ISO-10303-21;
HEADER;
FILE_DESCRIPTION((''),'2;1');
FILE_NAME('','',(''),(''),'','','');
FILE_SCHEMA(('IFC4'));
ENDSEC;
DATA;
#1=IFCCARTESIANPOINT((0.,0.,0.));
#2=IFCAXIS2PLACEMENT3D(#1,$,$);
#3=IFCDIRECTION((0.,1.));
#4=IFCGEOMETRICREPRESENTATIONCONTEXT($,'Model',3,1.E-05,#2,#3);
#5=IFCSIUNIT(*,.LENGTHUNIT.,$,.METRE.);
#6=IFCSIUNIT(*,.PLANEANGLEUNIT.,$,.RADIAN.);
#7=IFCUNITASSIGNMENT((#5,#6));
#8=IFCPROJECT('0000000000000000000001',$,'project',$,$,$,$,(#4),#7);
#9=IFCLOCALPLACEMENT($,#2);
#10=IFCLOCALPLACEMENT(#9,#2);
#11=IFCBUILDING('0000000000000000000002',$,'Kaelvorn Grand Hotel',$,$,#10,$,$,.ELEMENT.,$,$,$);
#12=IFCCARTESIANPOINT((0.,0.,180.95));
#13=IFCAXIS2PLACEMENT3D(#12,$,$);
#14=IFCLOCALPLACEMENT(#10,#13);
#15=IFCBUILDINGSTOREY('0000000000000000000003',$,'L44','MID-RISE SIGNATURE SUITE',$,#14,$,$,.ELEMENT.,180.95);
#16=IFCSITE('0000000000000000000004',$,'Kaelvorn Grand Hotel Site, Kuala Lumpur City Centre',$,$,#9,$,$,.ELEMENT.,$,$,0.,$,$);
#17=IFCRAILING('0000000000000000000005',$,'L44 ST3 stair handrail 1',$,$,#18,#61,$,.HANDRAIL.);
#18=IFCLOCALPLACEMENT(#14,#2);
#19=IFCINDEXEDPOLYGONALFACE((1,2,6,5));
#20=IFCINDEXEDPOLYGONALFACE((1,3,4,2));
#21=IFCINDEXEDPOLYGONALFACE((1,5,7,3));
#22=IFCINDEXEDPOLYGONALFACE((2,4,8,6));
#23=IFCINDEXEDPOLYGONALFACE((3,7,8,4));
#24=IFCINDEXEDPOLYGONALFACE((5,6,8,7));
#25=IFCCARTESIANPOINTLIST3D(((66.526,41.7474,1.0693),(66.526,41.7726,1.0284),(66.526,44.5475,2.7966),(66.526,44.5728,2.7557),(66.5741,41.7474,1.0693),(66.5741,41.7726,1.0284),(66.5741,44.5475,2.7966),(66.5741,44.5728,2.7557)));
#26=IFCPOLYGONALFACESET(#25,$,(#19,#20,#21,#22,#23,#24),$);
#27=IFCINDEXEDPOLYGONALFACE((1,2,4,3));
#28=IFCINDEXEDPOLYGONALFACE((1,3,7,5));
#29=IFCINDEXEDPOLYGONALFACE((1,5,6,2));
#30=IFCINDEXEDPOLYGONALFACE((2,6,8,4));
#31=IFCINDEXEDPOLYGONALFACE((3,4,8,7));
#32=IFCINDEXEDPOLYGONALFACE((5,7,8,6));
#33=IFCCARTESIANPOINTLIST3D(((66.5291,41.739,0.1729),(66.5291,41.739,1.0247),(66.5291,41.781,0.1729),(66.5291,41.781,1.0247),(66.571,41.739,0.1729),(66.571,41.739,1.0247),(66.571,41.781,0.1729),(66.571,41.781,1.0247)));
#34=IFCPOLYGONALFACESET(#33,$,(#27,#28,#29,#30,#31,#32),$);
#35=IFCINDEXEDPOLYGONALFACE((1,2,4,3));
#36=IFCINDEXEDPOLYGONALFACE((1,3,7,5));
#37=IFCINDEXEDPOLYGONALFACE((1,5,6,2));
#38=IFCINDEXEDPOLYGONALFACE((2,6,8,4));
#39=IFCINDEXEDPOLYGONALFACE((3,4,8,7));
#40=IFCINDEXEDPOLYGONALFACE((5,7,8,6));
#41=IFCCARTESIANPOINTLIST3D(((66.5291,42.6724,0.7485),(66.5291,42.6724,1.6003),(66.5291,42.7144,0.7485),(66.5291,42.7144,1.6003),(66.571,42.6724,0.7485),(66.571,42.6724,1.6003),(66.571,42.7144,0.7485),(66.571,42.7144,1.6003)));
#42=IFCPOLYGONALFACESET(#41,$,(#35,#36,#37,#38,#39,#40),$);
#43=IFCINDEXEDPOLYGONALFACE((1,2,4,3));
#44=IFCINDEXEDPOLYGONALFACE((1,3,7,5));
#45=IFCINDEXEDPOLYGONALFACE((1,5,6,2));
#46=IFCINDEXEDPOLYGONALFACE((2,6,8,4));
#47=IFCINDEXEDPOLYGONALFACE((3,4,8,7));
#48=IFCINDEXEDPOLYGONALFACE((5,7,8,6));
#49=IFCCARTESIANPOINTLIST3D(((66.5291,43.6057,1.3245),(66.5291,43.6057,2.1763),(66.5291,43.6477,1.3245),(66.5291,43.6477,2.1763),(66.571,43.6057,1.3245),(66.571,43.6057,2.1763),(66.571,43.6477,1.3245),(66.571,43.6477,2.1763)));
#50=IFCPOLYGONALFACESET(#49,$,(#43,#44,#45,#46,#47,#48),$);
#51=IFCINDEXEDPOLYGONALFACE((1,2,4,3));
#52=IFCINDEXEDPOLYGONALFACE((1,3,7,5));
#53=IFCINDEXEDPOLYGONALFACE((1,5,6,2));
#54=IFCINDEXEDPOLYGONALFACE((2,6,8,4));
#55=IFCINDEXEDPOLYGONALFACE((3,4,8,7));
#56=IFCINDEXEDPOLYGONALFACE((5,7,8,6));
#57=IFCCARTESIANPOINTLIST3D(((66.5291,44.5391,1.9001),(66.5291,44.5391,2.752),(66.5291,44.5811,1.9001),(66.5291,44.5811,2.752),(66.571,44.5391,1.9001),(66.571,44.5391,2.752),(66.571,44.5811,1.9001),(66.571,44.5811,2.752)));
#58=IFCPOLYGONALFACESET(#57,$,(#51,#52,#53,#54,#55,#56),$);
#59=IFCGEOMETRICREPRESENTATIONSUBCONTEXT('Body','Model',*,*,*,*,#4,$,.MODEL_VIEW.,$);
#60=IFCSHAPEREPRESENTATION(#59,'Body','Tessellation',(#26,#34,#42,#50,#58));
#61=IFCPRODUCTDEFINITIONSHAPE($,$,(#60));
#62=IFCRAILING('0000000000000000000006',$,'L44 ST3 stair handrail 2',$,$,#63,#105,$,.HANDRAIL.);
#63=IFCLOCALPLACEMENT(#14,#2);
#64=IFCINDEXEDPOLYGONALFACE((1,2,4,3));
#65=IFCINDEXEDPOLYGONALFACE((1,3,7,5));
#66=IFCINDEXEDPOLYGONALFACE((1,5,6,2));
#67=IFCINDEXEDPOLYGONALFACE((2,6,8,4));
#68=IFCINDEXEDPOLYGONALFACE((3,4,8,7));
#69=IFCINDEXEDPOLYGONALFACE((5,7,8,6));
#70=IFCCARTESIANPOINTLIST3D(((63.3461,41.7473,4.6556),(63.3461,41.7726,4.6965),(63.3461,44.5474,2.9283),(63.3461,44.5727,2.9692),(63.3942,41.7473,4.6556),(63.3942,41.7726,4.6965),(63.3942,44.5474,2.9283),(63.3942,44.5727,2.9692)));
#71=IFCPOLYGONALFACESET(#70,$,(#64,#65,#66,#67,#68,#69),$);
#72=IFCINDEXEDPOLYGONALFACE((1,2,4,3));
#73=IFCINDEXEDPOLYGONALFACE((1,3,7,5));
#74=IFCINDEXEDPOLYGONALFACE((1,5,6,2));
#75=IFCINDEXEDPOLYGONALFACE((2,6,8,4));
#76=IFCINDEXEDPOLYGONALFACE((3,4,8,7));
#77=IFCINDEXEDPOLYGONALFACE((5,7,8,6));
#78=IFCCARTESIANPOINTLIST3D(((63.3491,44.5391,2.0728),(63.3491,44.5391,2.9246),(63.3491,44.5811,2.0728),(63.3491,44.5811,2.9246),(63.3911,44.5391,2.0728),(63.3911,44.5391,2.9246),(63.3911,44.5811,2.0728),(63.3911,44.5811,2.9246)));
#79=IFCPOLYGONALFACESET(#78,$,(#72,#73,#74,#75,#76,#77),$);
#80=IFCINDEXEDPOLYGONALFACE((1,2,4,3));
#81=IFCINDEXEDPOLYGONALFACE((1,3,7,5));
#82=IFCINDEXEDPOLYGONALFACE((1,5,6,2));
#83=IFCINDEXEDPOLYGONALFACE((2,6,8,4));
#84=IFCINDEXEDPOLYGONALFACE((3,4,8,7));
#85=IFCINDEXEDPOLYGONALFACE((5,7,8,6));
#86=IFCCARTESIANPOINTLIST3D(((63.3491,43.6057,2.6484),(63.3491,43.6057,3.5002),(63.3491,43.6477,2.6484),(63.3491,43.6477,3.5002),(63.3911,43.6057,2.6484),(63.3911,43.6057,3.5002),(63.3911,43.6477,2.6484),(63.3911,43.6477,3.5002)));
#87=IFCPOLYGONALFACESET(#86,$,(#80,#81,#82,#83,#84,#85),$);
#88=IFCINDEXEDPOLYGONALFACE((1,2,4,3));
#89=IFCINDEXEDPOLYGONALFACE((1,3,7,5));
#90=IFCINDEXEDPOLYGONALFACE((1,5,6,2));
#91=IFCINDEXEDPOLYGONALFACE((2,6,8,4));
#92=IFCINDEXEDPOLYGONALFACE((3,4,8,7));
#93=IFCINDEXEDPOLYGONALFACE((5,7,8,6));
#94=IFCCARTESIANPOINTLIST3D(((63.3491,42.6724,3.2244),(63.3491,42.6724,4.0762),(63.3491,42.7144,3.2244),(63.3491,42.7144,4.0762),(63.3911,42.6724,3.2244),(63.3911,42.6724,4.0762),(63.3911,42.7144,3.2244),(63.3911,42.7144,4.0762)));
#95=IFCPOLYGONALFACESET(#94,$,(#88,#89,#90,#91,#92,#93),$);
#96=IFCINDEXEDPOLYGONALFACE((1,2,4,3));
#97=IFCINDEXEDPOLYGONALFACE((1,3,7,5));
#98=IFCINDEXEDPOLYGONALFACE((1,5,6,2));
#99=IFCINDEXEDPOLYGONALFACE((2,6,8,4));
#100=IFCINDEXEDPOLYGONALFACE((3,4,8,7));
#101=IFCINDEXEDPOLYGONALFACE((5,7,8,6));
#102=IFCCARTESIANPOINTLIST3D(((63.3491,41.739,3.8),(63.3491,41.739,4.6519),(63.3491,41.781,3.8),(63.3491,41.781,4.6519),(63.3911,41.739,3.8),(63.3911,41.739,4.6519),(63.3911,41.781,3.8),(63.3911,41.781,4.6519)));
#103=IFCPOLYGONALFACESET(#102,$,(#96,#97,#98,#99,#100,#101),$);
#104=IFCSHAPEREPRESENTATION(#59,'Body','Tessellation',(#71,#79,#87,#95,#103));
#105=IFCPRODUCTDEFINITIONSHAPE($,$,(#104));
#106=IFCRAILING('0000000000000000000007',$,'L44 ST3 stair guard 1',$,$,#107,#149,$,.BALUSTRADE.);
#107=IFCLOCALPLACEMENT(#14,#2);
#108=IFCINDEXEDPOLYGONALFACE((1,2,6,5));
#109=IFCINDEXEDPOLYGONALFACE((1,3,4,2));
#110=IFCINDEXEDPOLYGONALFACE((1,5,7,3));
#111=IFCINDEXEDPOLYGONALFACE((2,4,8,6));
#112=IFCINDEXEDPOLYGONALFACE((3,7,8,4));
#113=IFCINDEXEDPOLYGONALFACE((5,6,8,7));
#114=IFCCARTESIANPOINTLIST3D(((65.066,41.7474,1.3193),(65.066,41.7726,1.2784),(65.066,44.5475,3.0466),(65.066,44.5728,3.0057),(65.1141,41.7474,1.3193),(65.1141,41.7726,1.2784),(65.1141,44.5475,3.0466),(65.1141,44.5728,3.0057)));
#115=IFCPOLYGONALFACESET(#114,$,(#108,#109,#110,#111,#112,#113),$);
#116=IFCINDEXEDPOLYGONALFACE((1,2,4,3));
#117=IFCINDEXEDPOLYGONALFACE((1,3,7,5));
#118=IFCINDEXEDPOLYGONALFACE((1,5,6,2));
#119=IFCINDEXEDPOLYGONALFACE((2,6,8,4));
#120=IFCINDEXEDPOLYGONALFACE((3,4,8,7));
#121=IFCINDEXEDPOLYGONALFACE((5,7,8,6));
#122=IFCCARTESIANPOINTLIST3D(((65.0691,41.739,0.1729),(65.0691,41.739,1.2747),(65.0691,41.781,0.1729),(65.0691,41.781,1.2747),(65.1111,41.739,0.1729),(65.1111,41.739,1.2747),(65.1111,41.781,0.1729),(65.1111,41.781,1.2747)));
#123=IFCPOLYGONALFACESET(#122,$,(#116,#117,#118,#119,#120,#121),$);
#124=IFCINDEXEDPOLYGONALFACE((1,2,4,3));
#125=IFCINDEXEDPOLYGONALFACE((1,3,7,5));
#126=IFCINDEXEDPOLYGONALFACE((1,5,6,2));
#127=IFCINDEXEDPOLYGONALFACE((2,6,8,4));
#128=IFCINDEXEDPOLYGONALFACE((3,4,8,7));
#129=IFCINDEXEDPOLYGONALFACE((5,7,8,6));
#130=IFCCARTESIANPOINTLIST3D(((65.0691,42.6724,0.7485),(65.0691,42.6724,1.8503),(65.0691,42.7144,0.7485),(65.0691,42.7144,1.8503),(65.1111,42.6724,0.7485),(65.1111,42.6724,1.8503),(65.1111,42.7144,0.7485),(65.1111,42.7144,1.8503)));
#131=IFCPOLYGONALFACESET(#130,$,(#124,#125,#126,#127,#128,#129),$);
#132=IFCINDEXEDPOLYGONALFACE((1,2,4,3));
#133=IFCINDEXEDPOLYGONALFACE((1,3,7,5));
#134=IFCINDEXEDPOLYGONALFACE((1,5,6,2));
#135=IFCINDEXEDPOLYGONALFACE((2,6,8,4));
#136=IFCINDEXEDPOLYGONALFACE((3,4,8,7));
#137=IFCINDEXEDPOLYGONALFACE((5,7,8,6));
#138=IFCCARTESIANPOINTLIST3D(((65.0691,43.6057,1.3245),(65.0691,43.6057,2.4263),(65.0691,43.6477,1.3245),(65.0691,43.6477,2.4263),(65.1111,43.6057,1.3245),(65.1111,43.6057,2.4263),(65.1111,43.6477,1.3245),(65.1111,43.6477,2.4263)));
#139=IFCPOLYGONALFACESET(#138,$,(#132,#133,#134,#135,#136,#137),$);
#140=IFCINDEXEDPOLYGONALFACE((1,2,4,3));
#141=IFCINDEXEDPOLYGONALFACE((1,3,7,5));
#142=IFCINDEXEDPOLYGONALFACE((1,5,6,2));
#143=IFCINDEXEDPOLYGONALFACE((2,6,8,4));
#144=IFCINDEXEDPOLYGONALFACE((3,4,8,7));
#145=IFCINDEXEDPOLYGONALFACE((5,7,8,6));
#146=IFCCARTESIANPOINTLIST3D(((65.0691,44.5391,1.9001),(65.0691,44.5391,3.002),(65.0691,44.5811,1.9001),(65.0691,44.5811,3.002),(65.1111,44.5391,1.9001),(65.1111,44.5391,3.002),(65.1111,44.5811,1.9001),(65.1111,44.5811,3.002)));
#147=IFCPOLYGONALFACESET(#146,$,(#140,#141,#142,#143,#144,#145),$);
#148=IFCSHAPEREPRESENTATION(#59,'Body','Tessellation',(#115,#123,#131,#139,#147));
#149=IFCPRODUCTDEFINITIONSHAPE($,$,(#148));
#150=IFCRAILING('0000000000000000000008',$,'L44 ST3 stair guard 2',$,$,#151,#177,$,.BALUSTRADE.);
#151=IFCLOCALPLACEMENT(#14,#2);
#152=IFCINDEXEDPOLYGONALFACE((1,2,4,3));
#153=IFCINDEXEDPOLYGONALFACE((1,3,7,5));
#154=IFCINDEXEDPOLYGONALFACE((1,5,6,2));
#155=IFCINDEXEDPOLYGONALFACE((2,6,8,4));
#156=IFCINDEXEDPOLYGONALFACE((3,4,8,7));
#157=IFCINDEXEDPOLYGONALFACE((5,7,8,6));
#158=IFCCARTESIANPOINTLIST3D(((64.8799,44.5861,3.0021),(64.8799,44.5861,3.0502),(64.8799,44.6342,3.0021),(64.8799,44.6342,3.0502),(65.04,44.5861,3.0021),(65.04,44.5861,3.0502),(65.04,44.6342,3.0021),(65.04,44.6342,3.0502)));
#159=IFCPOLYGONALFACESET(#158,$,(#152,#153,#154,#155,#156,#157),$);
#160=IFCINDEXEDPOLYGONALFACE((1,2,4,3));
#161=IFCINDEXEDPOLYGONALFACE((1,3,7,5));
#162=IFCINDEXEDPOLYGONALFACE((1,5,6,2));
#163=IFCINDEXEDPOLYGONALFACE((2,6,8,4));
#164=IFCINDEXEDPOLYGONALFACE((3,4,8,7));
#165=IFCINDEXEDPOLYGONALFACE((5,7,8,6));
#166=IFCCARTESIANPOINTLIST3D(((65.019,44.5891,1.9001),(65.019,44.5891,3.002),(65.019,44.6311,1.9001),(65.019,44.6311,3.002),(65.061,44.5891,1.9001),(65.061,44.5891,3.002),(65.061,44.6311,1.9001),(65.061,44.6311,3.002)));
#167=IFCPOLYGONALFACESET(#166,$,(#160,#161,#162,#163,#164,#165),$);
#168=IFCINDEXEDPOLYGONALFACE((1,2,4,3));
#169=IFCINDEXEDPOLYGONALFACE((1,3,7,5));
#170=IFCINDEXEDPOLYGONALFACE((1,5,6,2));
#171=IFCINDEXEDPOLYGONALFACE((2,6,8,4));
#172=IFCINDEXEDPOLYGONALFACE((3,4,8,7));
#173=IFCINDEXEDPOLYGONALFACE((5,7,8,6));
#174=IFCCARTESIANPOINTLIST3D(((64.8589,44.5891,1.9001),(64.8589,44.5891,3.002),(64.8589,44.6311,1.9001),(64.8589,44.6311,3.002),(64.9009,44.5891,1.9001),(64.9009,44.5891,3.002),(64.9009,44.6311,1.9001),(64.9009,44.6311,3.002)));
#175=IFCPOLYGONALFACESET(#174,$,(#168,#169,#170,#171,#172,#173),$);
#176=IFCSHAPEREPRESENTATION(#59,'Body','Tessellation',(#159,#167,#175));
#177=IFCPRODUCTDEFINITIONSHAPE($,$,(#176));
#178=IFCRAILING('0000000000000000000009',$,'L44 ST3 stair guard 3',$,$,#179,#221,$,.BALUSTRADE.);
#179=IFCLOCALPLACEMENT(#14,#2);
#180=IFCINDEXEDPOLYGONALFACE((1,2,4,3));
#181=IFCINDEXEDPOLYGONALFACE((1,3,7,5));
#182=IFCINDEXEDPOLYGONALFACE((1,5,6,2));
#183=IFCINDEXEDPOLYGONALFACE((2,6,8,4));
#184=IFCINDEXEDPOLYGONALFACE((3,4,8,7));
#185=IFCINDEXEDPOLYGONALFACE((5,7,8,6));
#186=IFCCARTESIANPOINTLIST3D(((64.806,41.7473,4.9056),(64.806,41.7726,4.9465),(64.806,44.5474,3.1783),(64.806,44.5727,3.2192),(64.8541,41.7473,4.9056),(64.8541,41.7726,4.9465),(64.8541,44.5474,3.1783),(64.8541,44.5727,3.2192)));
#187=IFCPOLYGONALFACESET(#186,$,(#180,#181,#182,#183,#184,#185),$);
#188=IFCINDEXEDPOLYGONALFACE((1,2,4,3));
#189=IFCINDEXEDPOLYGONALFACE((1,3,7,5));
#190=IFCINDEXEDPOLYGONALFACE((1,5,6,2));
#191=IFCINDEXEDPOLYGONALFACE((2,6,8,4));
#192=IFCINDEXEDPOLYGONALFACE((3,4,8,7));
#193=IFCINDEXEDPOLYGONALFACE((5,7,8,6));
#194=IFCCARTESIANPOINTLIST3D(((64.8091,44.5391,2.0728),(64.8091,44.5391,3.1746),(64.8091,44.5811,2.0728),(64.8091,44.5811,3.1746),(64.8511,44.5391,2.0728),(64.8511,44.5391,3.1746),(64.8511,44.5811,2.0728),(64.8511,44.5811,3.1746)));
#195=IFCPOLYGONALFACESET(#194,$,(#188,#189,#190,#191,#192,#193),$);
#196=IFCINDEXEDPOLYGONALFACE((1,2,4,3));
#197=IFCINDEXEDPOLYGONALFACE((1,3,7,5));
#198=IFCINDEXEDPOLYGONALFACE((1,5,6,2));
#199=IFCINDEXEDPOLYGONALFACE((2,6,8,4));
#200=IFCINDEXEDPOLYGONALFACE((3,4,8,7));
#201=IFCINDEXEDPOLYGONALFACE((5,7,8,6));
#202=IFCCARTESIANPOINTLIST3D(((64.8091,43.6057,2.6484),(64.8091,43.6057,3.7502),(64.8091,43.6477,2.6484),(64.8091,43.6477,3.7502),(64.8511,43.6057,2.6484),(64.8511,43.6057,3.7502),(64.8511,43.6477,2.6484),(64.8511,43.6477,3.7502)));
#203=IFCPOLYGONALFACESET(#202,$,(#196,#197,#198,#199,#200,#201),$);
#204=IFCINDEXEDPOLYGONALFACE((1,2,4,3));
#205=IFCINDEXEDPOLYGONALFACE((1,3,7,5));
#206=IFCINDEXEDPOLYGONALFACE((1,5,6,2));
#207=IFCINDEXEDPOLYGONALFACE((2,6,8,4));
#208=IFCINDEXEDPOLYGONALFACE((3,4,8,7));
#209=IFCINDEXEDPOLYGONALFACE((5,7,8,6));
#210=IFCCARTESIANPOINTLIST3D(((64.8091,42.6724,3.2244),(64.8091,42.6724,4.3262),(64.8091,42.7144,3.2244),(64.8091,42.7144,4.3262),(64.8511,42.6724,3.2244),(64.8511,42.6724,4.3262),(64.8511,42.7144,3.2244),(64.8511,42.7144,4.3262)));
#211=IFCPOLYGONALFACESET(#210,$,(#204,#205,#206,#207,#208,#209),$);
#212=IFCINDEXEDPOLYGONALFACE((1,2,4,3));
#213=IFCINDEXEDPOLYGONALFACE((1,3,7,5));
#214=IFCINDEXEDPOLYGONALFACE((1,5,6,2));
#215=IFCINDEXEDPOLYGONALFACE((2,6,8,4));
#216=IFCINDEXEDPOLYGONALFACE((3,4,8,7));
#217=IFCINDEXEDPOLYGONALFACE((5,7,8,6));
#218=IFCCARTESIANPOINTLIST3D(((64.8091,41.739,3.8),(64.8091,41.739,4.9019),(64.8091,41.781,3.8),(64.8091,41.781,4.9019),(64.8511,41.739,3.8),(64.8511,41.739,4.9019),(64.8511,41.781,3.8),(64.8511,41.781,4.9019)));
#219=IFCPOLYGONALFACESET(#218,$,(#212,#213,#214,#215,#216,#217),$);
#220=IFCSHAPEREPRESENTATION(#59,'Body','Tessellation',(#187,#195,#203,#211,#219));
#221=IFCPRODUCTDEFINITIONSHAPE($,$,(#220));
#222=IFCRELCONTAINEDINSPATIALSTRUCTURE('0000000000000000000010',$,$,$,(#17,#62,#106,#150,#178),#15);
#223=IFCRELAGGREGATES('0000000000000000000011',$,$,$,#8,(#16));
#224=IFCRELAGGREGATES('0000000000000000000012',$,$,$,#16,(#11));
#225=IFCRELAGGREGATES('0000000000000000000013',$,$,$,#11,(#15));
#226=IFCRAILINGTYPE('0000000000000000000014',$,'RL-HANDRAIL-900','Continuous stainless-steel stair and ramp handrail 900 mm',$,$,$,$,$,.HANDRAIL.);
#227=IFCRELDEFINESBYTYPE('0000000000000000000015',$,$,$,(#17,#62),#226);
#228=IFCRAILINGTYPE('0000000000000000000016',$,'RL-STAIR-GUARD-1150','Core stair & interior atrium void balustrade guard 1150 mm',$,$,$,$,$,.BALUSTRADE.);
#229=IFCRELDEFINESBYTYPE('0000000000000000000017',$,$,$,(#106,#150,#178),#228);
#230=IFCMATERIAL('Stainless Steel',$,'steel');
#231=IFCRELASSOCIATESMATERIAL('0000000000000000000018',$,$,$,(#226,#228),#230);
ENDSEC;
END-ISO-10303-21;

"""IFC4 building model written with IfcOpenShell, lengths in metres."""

from ifc_helpers import new_model, si_unit, direction, frame, origin, origin_2d, place, context, subcontext, project, spatial, rectangle, extrude, material, type_object, element, save


model = new_model("IFC4")

# Units and contexts
model_context = context("Model", 3, precision=1e-05, world=origin(), true_north=direction((0.0, 1.0)))
body_context = subcontext(model_context, "Body", "Model", "MODEL_VIEW")
ifc_project = project(units=[si_unit("LENGTHUNIT", "METRE"), si_unit("PLANEANGLEUNIT", "RADIAN")], contexts=[model_context])

# Site, building, storey
site_placement = place(None, origin())
site = spatial("IfcSite", under=ifc_project, at=site_placement, Name="Kaelvorn Grand Hotel Site, Kuala Lumpur City Centre", CompositionType="ELEMENT", RefElevation=0.0)
building_placement = place(site_placement, origin())
building = spatial("IfcBuilding", under=site, at=building_placement, Name="Kaelvorn Grand Hotel", CompositionType="ELEMENT")
storey_placement = place(building_placement, frame((0.0, 0.0, 180.95)))
storey = spatial("IfcBuildingStorey", under=building, at=storey_placement, Name="L44", Description="MID-RISE SIGNATURE SUITE", CompositionType="ELEMENT", Elevation=180.95)

# Shared definitions
ifc_material_1 = material(Name="Stainless Steel", Category="steel")

# Railings
railing_type_1 = type_object("IfcRailingType", Name="RL-HANDRAIL-900", Description="Continuous stainless-steel stair and ramp handrail 900 mm", PredefinedType="HANDRAIL", material=ifc_material_1)
railing_1_placement = place(storey_placement, frame((66.55, 41.76, 0.1729)))
element("IfcRailing", 1, at=railing_1_placement, inside=storey, type_object=railing_type_1, Name="L44 ST3 stair handrail 1", PredefinedType="HANDRAIL", context=body_context, shape_type="SweptSolid", body=[
    extrude(rectangle(XDim=0.0481, YDim=0.0481, at=origin_2d()), frame((0.0, 0.0, 0.876), z_axis=(0.0, 0.85109, 0.52502), x_axis=(-1.0, 0.0, 0.0)), (0.0, 0.0, 1.0), 3.29),
    extrude(rectangle(XDim=0.042, YDim=0.042, at=origin_2d()), origin(), (0.0, 0.0, 1.0), 0.8518),
    extrude(rectangle(XDim=0.042, YDim=0.042, at=origin_2d()), frame((0.0, 0.9333, 0.5757)), (0.0, 0.0, 1.0), 0.8518),
    extrude(rectangle(XDim=0.042, YDim=0.042, at=origin_2d()), frame((0.0, 1.8667, 1.1516)), (0.0, 0.0, 1.0), 0.8518),
    extrude(rectangle(XDim=0.042, YDim=0.042, at=origin_2d()), frame((0.0, 2.8, 1.7273)), (0.0, 0.0, 1.0), 0.8518),
])
railing_2_placement = place(storey_placement, frame((63.3701, 44.5601, 2.0728)))
element("IfcRailing", 2, at=railing_2_placement, inside=storey, type_object=railing_type_1, Name="L44 ST3 stair handrail 2", PredefinedType="HANDRAIL", context=body_context, shape_type="SweptSolid", body=[
    extrude(rectangle(XDim=0.0481, YDim=0.0481, at=origin_2d()), frame((0.0, 0.0, 0.876), z_axis=(0.0, -0.85109, 0.52502), x_axis=(1.0, 0.0, 0.0)), (0.0, 0.0, 1.0), 3.29),
    extrude(rectangle(XDim=0.042, YDim=0.042, at=origin_2d()), origin(), (0.0, 0.0, 1.0), 0.8518),
    extrude(rectangle(XDim=0.042, YDim=0.042, at=origin_2d()), frame((0.0, -0.9333, 0.5757)), (0.0, 0.0, 1.0), 0.8518),
    extrude(rectangle(XDim=0.042, YDim=0.042, at=origin_2d()), frame((0.0, -1.8667, 1.1516)), (0.0, 0.0, 1.0), 0.8518),
    extrude(rectangle(XDim=0.042, YDim=0.042, at=origin_2d()), frame((0.0, -2.8, 1.7273)), (0.0, 0.0, 1.0), 0.8518),
])
railing_type_2 = type_object("IfcRailingType", Name="RL-STAIR-GUARD-1150", Description="Core stair & interior atrium void balustrade guard 1150 mm", PredefinedType="BALUSTRADE", material=ifc_material_1)
railing_3_placement = place(storey_placement, frame((65.0901, 41.76, 0.1729)))
element("IfcRailing", 3, at=railing_3_placement, inside=storey, type_object=railing_type_2, Name="L44 ST3 stair guard 1", PredefinedType="BALUSTRADE", context=body_context, shape_type="SweptSolid", body=[
    extrude(rectangle(XDim=0.0481, YDim=0.0481, at=origin_2d()), frame((0.0, 0.0, 1.126), z_axis=(0.0, 0.85109, 0.52502), x_axis=(-1.0, 0.0, 0.0)), (0.0, 0.0, 1.0), 3.29),
    extrude(rectangle(XDim=0.042, YDim=0.042, at=origin_2d()), origin(), (0.0, 0.0, 1.0), 1.1018),
    extrude(rectangle(XDim=0.042, YDim=0.042, at=origin_2d()), frame((0.0, 0.9333, 0.5757)), (0.0, 0.0, 1.0), 1.1018),
    extrude(rectangle(XDim=0.042, YDim=0.042, at=origin_2d()), frame((0.0, 1.8667, 1.1516)), (0.0, 0.0, 1.0), 1.1018),
    extrude(rectangle(XDim=0.042, YDim=0.042, at=origin_2d()), frame((0.0, 2.8, 1.7273)), (0.0, 0.0, 1.0), 1.1018),
])
railing_4_placement = place(storey_placement, frame((65.04, 44.6101, 1.9001)))
element("IfcRailing", 4, at=railing_4_placement, inside=storey, type_object=railing_type_2, Name="L44 ST3 stair guard 2", PredefinedType="BALUSTRADE", context=body_context, shape_type="SweptSolid", body=[
    extrude(rectangle(XDim=0.0481, YDim=0.0481, at=origin_2d()), frame((0.0, 0.0, 1.126), z_axis=(-1.0, 0.0, 0.0), x_axis=(0.0, -1.0, 0.0)), (0.0, 0.0, 1.0), 0.1602),
    extrude(rectangle(XDim=0.042, YDim=0.042, at=origin_2d()), origin(), (0.0, 0.0, 1.0), 1.1018),
    extrude(rectangle(XDim=0.042, YDim=0.042, at=origin_2d()), frame((-0.1602, 0.0, 0.0)), (0.0, 0.0, 1.0), 1.1018),
])
railing_5_placement = place(storey_placement, frame((64.8301, 44.5601, 2.0728)))
element("IfcRailing", 5, at=railing_5_placement, inside=storey, type_object=railing_type_2, Name="L44 ST3 stair guard 3", PredefinedType="BALUSTRADE", context=body_context, shape_type="SweptSolid", body=[
    extrude(rectangle(XDim=0.0481, YDim=0.0481, at=origin_2d()), frame((0.0, 0.0, 1.126), z_axis=(0.0, -0.85109, 0.52502), x_axis=(1.0, 0.0, 0.0)), (0.0, 0.0, 1.0), 3.29),
    extrude(rectangle(XDim=0.042, YDim=0.042, at=origin_2d()), origin(), (0.0, 0.0, 1.0), 1.1018),
    extrude(rectangle(XDim=0.042, YDim=0.042, at=origin_2d()), frame((0.0, -0.9333, 0.5757)), (0.0, 0.0, 1.0), 1.1018),
    extrude(rectangle(XDim=0.042, YDim=0.042, at=origin_2d()), frame((0.0, -1.8667, 1.1516)), (0.0, 0.0, 1.0), 1.1018),
    extrude(rectangle(XDim=0.042, YDim=0.042, at=origin_2d()), frame((0.0, -2.8, 1.7273)), (0.0, 0.0, 1.0), 1.1018),
])

save(model, "model.ifc")
